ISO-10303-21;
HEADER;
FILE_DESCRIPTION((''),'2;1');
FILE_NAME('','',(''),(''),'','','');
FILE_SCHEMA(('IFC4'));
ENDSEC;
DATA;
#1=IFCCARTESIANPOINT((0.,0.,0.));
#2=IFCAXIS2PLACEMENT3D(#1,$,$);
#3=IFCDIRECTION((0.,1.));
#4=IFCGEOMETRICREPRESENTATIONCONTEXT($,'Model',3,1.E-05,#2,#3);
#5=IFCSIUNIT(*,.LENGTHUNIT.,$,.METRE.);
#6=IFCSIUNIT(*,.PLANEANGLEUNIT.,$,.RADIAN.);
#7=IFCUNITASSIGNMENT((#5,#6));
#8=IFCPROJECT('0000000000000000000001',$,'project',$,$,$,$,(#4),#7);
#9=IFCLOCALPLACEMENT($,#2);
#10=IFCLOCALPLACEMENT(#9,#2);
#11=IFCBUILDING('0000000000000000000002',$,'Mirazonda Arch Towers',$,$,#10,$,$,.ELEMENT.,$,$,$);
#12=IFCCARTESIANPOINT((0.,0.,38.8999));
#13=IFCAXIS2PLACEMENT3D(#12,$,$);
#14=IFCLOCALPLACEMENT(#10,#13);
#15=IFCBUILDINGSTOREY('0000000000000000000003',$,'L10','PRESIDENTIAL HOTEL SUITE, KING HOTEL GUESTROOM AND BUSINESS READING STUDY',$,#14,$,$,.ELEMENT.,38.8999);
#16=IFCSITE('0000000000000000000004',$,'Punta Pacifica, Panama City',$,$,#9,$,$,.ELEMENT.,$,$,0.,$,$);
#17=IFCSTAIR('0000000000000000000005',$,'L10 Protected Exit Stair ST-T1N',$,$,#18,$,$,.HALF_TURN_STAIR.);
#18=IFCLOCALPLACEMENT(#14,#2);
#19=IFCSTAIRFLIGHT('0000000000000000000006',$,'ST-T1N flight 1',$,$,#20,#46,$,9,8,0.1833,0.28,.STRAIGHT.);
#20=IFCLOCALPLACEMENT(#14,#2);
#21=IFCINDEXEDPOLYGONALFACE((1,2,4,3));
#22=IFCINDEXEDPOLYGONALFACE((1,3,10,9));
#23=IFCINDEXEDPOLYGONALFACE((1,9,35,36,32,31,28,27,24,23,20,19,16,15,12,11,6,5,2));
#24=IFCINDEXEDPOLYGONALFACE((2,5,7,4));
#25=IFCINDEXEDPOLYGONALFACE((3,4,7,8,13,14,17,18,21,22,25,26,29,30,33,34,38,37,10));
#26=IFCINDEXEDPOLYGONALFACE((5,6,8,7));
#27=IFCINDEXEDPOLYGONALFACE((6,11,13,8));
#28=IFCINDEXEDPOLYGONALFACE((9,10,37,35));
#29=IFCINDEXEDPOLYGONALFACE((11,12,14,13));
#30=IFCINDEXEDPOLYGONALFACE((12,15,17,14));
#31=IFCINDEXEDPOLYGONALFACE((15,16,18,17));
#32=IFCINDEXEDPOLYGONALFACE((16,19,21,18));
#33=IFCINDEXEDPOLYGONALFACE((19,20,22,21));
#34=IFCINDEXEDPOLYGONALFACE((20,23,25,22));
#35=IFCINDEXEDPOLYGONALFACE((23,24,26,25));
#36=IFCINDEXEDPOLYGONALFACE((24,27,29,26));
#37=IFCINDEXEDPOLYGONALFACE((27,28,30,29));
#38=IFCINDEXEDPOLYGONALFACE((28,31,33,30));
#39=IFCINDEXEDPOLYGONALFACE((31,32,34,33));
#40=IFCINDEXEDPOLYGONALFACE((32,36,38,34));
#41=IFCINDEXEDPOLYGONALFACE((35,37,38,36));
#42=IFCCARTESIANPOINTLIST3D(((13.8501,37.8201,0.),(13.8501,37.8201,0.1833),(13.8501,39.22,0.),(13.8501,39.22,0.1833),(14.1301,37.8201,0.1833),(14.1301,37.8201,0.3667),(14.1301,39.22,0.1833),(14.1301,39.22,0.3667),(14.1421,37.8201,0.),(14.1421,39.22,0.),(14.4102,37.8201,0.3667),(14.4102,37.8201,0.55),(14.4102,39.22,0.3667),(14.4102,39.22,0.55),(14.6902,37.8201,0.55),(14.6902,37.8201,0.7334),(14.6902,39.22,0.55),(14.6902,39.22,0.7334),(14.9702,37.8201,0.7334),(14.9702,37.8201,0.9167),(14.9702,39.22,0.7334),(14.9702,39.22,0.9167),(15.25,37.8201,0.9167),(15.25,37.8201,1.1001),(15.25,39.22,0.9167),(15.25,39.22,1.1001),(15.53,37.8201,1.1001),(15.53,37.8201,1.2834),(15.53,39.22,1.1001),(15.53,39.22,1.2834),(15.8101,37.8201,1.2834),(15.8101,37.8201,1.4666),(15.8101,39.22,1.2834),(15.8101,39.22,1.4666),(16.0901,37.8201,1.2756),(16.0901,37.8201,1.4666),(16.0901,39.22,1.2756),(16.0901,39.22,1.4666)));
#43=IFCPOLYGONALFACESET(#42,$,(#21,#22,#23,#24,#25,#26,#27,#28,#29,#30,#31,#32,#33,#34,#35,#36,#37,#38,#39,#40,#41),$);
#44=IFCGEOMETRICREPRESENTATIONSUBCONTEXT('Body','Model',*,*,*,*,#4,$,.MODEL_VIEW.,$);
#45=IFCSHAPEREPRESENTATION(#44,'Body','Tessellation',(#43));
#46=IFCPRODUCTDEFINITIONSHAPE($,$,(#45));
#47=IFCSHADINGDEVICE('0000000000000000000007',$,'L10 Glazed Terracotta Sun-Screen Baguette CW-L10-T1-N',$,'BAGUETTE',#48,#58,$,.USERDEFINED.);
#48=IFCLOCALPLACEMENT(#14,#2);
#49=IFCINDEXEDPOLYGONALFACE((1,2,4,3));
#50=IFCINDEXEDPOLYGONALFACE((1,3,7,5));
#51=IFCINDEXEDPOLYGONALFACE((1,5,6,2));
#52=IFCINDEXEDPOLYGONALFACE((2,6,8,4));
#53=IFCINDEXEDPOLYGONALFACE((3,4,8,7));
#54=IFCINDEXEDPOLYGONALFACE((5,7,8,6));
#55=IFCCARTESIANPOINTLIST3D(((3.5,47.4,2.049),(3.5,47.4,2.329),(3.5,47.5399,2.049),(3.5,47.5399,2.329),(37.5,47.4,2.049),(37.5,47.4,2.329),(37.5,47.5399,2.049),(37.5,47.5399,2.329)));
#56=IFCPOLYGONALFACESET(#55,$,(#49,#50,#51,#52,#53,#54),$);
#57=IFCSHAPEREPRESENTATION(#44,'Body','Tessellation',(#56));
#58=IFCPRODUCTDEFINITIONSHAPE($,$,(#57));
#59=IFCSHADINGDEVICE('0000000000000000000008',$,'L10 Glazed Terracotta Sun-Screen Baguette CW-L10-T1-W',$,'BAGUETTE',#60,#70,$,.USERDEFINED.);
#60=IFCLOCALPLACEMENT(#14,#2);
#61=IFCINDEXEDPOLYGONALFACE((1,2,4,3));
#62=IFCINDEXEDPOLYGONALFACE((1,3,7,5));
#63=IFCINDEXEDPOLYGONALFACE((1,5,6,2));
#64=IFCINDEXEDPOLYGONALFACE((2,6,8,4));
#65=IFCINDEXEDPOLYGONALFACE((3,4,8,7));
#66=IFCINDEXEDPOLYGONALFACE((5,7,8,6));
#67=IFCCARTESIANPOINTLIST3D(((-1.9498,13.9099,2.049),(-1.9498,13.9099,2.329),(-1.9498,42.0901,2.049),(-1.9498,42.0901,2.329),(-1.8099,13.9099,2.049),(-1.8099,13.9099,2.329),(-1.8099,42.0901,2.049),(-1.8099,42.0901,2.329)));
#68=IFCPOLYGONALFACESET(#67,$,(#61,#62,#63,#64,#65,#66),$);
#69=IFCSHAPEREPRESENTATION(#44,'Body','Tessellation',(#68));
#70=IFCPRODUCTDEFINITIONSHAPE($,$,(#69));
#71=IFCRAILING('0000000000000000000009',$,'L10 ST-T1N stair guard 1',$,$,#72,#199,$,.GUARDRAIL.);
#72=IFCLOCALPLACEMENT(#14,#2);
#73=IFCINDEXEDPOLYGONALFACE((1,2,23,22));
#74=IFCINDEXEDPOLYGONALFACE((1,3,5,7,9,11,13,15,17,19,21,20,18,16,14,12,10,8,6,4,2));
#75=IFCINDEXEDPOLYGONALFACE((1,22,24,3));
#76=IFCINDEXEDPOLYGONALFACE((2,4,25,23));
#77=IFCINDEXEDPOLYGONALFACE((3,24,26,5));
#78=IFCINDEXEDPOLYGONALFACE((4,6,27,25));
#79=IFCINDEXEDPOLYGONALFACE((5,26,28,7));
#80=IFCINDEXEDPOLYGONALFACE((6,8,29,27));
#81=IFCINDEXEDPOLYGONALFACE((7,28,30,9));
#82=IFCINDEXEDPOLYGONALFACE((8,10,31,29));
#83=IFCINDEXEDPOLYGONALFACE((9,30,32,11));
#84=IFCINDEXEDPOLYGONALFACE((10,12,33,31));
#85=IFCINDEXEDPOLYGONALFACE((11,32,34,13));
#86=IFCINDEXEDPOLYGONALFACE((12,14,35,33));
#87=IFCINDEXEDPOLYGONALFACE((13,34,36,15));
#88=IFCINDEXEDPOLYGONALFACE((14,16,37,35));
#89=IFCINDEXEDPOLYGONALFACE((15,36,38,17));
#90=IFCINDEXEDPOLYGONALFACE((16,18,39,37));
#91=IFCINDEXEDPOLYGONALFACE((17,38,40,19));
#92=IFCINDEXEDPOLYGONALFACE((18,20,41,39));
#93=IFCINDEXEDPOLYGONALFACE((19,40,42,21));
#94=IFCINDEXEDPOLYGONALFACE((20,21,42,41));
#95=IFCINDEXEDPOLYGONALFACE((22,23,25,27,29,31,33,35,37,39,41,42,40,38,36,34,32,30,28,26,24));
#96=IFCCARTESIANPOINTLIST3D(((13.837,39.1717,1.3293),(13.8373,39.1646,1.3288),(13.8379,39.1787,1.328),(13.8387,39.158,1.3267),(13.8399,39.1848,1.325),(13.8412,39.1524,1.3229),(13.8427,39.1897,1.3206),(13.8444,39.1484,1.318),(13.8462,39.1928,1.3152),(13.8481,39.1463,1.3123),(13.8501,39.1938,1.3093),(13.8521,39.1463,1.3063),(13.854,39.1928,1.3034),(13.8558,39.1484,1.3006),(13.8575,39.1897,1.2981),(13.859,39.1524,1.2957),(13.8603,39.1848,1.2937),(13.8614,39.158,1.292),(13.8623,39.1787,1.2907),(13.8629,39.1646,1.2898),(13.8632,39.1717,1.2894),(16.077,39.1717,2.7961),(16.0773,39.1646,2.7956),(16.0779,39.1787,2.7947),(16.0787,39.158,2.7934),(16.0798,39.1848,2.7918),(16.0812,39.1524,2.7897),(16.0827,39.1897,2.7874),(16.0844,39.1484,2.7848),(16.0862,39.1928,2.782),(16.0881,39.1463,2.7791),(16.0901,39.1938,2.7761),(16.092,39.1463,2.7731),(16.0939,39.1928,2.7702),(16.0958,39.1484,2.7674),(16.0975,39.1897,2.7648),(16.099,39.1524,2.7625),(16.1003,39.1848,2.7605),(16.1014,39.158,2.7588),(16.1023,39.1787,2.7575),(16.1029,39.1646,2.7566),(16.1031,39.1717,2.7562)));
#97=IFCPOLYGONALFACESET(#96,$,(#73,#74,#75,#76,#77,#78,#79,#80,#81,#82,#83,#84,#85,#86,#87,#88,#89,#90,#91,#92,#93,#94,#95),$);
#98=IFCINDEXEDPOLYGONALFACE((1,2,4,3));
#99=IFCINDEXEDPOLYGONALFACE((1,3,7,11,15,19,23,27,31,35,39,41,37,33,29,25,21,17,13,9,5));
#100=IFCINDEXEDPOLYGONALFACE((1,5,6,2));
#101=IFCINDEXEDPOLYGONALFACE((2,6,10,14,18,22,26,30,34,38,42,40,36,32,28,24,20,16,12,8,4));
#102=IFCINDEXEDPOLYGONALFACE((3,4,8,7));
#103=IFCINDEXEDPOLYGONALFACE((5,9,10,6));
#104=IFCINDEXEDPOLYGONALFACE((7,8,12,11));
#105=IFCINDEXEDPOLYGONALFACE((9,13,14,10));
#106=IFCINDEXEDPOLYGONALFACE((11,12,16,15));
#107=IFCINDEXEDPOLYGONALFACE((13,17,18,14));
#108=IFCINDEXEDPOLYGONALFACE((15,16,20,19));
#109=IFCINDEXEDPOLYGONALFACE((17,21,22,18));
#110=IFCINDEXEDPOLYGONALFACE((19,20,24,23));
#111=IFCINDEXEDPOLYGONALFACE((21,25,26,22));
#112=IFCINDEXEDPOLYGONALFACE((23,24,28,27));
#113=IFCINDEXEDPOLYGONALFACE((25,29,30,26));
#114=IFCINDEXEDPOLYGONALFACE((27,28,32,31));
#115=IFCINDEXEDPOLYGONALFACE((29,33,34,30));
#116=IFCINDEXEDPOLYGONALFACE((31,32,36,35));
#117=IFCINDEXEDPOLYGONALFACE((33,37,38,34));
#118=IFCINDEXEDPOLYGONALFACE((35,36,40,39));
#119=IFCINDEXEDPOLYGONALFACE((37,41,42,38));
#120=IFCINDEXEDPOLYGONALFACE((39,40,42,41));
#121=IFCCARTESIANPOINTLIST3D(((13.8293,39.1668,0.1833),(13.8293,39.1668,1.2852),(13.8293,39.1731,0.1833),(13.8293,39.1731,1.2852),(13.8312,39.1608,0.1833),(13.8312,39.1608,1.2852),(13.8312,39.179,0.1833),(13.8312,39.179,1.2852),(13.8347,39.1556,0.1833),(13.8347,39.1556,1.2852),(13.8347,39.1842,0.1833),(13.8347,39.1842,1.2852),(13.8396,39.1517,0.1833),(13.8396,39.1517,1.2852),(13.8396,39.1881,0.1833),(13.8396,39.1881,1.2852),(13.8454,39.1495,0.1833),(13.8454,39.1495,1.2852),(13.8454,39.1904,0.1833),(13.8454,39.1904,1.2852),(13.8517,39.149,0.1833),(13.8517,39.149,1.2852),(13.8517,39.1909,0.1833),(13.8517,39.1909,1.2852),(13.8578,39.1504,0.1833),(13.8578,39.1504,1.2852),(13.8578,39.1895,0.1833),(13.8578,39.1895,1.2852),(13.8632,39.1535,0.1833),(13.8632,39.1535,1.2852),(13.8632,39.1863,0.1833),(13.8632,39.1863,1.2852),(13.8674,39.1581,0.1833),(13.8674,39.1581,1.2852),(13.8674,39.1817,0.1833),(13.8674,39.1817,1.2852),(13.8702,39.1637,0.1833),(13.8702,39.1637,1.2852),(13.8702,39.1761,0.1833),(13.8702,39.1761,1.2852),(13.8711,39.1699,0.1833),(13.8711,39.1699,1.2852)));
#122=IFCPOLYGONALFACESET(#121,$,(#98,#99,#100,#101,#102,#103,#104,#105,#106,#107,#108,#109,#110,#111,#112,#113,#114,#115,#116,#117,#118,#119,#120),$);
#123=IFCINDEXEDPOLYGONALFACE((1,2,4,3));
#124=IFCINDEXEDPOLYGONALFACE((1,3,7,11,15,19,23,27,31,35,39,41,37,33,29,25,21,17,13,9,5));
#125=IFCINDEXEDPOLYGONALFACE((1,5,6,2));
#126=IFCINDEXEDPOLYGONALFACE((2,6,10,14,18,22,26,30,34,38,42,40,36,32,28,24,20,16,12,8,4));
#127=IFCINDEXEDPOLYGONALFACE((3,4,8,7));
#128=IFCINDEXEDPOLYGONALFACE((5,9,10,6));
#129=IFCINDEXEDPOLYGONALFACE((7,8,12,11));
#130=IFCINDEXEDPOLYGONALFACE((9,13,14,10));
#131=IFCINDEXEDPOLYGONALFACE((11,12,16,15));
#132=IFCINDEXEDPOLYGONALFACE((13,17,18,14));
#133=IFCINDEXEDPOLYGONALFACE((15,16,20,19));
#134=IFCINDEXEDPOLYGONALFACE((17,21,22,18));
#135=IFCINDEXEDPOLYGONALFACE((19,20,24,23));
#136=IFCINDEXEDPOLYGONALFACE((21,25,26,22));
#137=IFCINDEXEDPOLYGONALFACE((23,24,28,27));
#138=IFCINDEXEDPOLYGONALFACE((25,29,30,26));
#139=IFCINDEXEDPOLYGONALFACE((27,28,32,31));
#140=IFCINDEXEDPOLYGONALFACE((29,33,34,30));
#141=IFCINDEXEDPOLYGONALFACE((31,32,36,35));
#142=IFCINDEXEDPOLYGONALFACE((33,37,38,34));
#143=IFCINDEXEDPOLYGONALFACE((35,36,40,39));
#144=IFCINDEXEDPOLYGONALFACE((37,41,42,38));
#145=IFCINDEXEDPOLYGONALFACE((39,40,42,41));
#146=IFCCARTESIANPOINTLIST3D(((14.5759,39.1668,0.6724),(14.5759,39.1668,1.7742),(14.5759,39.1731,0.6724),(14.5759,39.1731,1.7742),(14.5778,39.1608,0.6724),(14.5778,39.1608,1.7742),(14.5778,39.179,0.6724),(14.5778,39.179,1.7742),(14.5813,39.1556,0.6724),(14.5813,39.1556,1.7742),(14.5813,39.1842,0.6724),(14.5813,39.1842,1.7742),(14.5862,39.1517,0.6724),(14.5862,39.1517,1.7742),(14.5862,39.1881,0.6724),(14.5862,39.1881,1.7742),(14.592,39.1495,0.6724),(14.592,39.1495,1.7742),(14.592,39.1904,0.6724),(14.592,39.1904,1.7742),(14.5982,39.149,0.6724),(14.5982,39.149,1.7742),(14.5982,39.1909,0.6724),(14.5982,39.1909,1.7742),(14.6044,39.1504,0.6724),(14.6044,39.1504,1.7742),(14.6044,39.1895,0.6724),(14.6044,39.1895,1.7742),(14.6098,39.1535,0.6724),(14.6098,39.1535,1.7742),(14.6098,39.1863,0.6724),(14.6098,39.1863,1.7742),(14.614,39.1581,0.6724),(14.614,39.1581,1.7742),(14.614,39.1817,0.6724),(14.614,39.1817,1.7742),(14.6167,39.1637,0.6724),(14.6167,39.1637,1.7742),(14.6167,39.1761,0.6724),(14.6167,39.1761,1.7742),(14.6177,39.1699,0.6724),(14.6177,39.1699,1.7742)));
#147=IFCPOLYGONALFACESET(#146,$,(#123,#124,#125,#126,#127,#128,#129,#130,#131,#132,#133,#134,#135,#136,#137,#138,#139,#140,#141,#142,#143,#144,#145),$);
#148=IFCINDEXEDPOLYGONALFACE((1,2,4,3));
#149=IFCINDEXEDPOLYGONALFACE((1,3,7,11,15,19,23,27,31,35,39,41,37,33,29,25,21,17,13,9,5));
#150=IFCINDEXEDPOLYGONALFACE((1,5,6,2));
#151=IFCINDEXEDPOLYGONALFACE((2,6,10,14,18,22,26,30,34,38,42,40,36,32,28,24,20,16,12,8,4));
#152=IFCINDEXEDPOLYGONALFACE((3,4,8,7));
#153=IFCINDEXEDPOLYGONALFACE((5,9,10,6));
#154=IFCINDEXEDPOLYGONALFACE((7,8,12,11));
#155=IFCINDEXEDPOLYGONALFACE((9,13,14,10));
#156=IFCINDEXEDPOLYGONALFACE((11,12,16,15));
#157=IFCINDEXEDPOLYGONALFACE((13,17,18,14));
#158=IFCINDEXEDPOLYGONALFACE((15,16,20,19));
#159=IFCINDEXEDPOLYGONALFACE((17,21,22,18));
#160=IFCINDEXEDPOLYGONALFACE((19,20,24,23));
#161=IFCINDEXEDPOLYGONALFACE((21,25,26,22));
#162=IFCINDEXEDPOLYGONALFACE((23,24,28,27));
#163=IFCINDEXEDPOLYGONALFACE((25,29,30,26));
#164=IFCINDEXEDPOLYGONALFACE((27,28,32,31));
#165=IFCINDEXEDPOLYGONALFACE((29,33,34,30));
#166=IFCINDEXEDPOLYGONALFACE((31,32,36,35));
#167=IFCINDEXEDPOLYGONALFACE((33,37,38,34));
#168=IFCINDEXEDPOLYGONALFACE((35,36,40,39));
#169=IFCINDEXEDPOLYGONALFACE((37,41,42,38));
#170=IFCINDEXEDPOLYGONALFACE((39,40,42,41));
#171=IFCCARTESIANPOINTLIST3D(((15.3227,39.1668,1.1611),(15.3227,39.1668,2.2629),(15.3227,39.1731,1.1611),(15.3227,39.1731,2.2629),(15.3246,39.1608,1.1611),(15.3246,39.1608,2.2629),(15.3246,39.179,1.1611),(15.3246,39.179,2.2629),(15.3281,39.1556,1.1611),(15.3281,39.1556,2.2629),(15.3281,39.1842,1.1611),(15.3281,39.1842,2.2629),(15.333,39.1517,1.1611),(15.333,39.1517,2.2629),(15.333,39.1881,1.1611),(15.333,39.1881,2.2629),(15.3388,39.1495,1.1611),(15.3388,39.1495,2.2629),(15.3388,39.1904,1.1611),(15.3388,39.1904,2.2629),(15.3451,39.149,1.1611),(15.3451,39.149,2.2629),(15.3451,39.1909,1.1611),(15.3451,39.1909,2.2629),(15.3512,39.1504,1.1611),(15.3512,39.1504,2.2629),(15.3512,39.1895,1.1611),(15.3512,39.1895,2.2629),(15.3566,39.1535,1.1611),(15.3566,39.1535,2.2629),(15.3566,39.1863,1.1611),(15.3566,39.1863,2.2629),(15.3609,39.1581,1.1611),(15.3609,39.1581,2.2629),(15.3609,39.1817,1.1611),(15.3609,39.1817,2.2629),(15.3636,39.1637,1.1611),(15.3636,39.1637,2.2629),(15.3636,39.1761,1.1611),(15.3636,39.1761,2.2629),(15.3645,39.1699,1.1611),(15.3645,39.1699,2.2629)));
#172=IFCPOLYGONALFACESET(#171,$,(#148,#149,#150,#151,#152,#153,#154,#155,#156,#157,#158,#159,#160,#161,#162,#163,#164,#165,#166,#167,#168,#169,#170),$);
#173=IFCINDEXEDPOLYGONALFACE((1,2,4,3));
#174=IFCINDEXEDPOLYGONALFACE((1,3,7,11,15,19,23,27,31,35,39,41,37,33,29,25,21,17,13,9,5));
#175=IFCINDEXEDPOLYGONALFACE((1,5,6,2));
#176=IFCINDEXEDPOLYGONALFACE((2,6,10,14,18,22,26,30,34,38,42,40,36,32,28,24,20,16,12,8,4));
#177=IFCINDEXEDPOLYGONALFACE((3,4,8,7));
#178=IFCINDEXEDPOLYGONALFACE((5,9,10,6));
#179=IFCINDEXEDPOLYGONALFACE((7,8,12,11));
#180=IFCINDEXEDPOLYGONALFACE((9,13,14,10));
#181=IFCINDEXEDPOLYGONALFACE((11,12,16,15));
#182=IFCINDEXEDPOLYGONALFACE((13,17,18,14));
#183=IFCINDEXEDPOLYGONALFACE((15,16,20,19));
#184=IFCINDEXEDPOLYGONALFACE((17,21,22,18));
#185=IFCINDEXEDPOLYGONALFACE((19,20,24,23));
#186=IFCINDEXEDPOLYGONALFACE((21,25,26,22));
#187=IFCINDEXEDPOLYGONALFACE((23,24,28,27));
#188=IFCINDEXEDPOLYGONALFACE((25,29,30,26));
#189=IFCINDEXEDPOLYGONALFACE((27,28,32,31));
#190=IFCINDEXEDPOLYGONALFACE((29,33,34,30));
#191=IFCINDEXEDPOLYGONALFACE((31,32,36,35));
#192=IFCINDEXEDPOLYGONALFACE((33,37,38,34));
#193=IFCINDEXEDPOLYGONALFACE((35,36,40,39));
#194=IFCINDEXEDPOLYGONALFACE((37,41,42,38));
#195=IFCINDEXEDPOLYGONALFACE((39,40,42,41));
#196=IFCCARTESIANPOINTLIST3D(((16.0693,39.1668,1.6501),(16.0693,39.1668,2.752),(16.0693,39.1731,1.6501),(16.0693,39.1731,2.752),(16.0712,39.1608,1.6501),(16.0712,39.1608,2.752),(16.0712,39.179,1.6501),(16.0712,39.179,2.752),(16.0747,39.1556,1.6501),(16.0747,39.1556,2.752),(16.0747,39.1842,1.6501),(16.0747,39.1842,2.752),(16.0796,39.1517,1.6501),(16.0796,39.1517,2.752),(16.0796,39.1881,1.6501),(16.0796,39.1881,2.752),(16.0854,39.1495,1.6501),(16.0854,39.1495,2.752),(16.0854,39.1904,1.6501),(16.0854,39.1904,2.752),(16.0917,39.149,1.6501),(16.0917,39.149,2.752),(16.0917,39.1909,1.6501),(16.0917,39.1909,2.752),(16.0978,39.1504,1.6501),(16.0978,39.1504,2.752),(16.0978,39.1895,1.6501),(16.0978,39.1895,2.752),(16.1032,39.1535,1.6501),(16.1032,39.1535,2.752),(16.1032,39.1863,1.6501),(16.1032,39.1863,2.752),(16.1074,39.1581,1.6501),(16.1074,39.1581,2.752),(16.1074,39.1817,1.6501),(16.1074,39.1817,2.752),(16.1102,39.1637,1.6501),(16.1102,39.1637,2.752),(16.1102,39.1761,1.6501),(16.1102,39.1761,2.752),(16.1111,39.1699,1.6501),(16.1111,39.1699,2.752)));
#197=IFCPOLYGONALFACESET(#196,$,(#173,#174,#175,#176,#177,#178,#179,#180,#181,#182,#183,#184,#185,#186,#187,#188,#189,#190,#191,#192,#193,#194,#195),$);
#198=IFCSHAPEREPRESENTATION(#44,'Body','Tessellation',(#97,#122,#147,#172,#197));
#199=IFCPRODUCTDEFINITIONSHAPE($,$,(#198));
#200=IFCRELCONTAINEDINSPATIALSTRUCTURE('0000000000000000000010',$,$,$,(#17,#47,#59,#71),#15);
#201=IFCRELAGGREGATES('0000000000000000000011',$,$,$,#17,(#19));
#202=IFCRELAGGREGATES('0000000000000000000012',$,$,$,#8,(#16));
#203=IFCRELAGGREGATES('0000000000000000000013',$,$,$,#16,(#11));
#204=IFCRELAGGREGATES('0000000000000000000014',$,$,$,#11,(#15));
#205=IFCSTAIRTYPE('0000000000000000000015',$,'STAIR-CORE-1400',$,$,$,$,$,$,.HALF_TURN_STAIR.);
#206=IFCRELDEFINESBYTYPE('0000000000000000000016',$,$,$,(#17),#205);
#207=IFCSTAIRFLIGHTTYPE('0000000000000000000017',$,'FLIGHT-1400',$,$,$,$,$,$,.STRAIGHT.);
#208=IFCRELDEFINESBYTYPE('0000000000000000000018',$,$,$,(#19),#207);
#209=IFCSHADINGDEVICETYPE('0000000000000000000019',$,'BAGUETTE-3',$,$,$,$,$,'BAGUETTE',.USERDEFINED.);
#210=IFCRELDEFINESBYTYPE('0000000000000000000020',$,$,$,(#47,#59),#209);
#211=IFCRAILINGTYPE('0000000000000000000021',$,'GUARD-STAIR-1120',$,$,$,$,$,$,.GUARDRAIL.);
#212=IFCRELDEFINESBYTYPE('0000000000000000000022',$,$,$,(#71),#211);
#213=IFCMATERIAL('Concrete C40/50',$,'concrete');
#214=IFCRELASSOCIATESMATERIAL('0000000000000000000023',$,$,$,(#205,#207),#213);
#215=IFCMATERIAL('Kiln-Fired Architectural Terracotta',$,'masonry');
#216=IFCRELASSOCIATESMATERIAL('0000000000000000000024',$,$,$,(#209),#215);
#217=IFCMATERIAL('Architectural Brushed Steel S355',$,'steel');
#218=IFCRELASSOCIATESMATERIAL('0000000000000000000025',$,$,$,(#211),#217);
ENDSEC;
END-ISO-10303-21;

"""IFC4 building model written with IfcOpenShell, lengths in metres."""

from ifc_helpers import new_model, si_unit, direction, frame, origin, origin_2d, place, context, subcontext, project, spatial, polyline, rectangle, circle, outline, extrude, material, material_profile, profile_set, type_object, element, aggregate, save


model = new_model("IFC4")

# Units and contexts
model_context = context("Model", 3, precision=1e-05, world=origin(), true_north=direction((0.0, 1.0)))
body_context = subcontext(model_context, "Body", "Model", "MODEL_VIEW")
ifc_project = project(units=[si_unit("LENGTHUNIT", "METRE"), si_unit("PLANEANGLEUNIT", "RADIAN")], contexts=[model_context])

# Site, building, storey
site_placement = place(None, origin())
site = spatial("IfcSite", under=ifc_project, at=site_placement, Name="Punta Pacifica, Panama City", CompositionType="ELEMENT", RefElevation=0.0)
building_placement = place(site_placement, origin())
building = spatial("IfcBuilding", under=site, at=building_placement, Name="Mirazonda Arch Towers", CompositionType="ELEMENT")
storey_placement = place(building_placement, frame((0.0, 0.0, 38.8999)))
storey = spatial("IfcBuildingStorey", under=building, at=storey_placement, Name="L10", Description="PRESIDENTIAL HOTEL SUITE, KING HOTEL GUESTROOM AND BUSINESS READING STUDY", CompositionType="ELEMENT", Elevation=38.8999)

# Shared definitions
ifc_material_1 = material(Name="Architectural Brushed Steel S355", Category="steel")

# Stair, stair flight
ifc_material_2 = material(Name="Concrete C40/50", Category="concrete")
stair_type = type_object("IfcStairType", Name="STAIR-CORE-1400", PredefinedType="HALF_TURN_STAIR", material=ifc_material_2)
stair_placement = place(storey_placement, origin())
stair = element("IfcStair", 1, at=stair_placement, inside=storey, type_object=stair_type, Name="L10 Protected Exit Stair ST-T1N", PredefinedType="HALF_TURN_STAIR")
stair_flight_type = type_object("IfcStairFlightType", Name="FLIGHT-1400", PredefinedType="STRAIGHT", material=ifc_material_2)
stair_flight_placement = place(storey_placement, frame((13.8501, 38.52, 0.0), z_axis=(0.0, 0.0, 1.0), x_axis=(1.0, 0.0, 0.0)))
stair_flight = element("IfcStairFlight", 2, at=stair_flight_placement, type_object=stair_flight_type, Name="ST-T1N flight 1", NumberOfRisers=9, NumberOfTreads=8, PredefinedType="STRAIGHT", RiserHeight=0.1833, TreadLength=0.28, context=body_context, shape_type="SweptSolid", body=[
    extrude(outline(polyline([(0.0, 0.0), (0.0, 0.1833), (0.28, 0.1833), (0.28, 0.3667), (0.5601, 0.3667), (0.5601, 0.55), (0.8401, 0.55), (0.8401, 0.7334), (1.1201, 0.7334), (1.1201, 0.9167), (1.3999, 0.9167), (1.3999, 1.1001), (1.6799, 1.1001), (1.6799, 1.2834), (1.96, 1.2834), (1.96, 1.4666), (2.24, 1.4666), (2.24, 1.6499), (2.24, 1.2756), (0.292, 0.0), (0.0, 0.0)])), frame((0.0, 0.7, 0.0), z_axis=(0.0, -1.0, 0.0), x_axis=(1.0, 0.0, 0.0)), (0.0, 0.0, 1.0), 1.3999),
])
aggregate(stair, [stair_flight])

# Shading devices
ifc_material_3 = material(Name="Kiln-Fired Architectural Terracotta", Category="masonry")
ifc_material_profile_1 = material_profile(ifc_material_3, rectangle(XDim=0.1399, YDim=0.28, at=origin_2d()), Name="TERRA-BAG-140x280")
ifc_profile_set_1 = profile_set([ifc_material_profile_1], Name="Kiln-Fired Architectural Terracotta")
shading_device_type = type_object("IfcShadingDeviceType", Name="BAGUETTE-3", ElementType="BAGUETTE", PredefinedType="USERDEFINED", material=ifc_profile_set_1)
shading_device_1_placement = place(storey_placement, frame((3.5, 47.47, 2.189), z_axis=(1.0, 0.0, 0.0), x_axis=(0.0, 1.0, 0.0)))
element("IfcShadingDevice", 3, at=shading_device_1_placement, inside=storey, type_object=shading_device_type, Name="L10 Glazed Terracotta Sun-Screen Baguette CW-L10-T1-N", ObjectType="BAGUETTE", PredefinedType="USERDEFINED", context=body_context, shape_type="SweptSolid", body=[
    extrude(rectangle(XDim=0.1399, YDim=0.28, at=origin_2d()), origin(), (0.0, 0.0, 1.0), 34.0),
])
shading_device_2_placement = place(storey_placement, frame((-1.8799, 42.0901, 2.189), z_axis=(0.0, -1.0, 0.0), x_axis=(1.0, 0.0, 0.0)))
element("IfcShadingDevice", 4, at=shading_device_2_placement, inside=storey, type_object=shading_device_type, Name="L10 Glazed Terracotta Sun-Screen Baguette CW-L10-T1-W", ObjectType="BAGUETTE", PredefinedType="USERDEFINED", context=body_context, shape_type="SweptSolid", body=[
    extrude(rectangle(XDim=0.1399, YDim=0.28, at=origin_2d()), origin(), (0.0, 0.0, 1.0), 28.1802),
])

# Railing
railing_type_1 = type_object("IfcRailingType", Name="GUARD-STAIR-1120", PredefinedType="GUARDRAIL", material=ifc_material_1)
railing_1_placement = place(storey_placement, frame((13.8501, 39.1699, 0.1833)))
element("IfcRailing", 5, at=railing_1_placement, inside=storey, type_object=railing_type_1, Name="L10 ST-T1N stair guard 1", PredefinedType="GUARDRAIL", context=body_context, shape_type="SweptSolid", body=[
    extrude(circle(Radius=0.0239, at=origin_2d()), frame((0.0, 0.0, 1.126), z_axis=(0.836595, 0.0, 0.547822), x_axis=(0.0, 1.0, 0.0)), (0.0, 0.0, 1.0), 2.6775),
    extrude(circle(Radius=0.021, at=origin_2d()), origin(), (0.0, 0.0, 1.0), 1.1018),
    extrude(circle(Radius=0.021, at=origin_2d()), frame((0.7466, 0.0, 0.489)), (0.0, 0.0, 1.0), 1.1018),
    extrude(circle(Radius=0.021, at=origin_2d()), frame((1.4934, 0.0, 0.9778)), (0.0, 0.0, 1.0), 1.1018),
    extrude(circle(Radius=0.021, at=origin_2d()), frame((2.24, 0.0, 1.4668)), (0.0, 0.0, 1.0), 1.1018),
])

save(model, "model.ifc")
